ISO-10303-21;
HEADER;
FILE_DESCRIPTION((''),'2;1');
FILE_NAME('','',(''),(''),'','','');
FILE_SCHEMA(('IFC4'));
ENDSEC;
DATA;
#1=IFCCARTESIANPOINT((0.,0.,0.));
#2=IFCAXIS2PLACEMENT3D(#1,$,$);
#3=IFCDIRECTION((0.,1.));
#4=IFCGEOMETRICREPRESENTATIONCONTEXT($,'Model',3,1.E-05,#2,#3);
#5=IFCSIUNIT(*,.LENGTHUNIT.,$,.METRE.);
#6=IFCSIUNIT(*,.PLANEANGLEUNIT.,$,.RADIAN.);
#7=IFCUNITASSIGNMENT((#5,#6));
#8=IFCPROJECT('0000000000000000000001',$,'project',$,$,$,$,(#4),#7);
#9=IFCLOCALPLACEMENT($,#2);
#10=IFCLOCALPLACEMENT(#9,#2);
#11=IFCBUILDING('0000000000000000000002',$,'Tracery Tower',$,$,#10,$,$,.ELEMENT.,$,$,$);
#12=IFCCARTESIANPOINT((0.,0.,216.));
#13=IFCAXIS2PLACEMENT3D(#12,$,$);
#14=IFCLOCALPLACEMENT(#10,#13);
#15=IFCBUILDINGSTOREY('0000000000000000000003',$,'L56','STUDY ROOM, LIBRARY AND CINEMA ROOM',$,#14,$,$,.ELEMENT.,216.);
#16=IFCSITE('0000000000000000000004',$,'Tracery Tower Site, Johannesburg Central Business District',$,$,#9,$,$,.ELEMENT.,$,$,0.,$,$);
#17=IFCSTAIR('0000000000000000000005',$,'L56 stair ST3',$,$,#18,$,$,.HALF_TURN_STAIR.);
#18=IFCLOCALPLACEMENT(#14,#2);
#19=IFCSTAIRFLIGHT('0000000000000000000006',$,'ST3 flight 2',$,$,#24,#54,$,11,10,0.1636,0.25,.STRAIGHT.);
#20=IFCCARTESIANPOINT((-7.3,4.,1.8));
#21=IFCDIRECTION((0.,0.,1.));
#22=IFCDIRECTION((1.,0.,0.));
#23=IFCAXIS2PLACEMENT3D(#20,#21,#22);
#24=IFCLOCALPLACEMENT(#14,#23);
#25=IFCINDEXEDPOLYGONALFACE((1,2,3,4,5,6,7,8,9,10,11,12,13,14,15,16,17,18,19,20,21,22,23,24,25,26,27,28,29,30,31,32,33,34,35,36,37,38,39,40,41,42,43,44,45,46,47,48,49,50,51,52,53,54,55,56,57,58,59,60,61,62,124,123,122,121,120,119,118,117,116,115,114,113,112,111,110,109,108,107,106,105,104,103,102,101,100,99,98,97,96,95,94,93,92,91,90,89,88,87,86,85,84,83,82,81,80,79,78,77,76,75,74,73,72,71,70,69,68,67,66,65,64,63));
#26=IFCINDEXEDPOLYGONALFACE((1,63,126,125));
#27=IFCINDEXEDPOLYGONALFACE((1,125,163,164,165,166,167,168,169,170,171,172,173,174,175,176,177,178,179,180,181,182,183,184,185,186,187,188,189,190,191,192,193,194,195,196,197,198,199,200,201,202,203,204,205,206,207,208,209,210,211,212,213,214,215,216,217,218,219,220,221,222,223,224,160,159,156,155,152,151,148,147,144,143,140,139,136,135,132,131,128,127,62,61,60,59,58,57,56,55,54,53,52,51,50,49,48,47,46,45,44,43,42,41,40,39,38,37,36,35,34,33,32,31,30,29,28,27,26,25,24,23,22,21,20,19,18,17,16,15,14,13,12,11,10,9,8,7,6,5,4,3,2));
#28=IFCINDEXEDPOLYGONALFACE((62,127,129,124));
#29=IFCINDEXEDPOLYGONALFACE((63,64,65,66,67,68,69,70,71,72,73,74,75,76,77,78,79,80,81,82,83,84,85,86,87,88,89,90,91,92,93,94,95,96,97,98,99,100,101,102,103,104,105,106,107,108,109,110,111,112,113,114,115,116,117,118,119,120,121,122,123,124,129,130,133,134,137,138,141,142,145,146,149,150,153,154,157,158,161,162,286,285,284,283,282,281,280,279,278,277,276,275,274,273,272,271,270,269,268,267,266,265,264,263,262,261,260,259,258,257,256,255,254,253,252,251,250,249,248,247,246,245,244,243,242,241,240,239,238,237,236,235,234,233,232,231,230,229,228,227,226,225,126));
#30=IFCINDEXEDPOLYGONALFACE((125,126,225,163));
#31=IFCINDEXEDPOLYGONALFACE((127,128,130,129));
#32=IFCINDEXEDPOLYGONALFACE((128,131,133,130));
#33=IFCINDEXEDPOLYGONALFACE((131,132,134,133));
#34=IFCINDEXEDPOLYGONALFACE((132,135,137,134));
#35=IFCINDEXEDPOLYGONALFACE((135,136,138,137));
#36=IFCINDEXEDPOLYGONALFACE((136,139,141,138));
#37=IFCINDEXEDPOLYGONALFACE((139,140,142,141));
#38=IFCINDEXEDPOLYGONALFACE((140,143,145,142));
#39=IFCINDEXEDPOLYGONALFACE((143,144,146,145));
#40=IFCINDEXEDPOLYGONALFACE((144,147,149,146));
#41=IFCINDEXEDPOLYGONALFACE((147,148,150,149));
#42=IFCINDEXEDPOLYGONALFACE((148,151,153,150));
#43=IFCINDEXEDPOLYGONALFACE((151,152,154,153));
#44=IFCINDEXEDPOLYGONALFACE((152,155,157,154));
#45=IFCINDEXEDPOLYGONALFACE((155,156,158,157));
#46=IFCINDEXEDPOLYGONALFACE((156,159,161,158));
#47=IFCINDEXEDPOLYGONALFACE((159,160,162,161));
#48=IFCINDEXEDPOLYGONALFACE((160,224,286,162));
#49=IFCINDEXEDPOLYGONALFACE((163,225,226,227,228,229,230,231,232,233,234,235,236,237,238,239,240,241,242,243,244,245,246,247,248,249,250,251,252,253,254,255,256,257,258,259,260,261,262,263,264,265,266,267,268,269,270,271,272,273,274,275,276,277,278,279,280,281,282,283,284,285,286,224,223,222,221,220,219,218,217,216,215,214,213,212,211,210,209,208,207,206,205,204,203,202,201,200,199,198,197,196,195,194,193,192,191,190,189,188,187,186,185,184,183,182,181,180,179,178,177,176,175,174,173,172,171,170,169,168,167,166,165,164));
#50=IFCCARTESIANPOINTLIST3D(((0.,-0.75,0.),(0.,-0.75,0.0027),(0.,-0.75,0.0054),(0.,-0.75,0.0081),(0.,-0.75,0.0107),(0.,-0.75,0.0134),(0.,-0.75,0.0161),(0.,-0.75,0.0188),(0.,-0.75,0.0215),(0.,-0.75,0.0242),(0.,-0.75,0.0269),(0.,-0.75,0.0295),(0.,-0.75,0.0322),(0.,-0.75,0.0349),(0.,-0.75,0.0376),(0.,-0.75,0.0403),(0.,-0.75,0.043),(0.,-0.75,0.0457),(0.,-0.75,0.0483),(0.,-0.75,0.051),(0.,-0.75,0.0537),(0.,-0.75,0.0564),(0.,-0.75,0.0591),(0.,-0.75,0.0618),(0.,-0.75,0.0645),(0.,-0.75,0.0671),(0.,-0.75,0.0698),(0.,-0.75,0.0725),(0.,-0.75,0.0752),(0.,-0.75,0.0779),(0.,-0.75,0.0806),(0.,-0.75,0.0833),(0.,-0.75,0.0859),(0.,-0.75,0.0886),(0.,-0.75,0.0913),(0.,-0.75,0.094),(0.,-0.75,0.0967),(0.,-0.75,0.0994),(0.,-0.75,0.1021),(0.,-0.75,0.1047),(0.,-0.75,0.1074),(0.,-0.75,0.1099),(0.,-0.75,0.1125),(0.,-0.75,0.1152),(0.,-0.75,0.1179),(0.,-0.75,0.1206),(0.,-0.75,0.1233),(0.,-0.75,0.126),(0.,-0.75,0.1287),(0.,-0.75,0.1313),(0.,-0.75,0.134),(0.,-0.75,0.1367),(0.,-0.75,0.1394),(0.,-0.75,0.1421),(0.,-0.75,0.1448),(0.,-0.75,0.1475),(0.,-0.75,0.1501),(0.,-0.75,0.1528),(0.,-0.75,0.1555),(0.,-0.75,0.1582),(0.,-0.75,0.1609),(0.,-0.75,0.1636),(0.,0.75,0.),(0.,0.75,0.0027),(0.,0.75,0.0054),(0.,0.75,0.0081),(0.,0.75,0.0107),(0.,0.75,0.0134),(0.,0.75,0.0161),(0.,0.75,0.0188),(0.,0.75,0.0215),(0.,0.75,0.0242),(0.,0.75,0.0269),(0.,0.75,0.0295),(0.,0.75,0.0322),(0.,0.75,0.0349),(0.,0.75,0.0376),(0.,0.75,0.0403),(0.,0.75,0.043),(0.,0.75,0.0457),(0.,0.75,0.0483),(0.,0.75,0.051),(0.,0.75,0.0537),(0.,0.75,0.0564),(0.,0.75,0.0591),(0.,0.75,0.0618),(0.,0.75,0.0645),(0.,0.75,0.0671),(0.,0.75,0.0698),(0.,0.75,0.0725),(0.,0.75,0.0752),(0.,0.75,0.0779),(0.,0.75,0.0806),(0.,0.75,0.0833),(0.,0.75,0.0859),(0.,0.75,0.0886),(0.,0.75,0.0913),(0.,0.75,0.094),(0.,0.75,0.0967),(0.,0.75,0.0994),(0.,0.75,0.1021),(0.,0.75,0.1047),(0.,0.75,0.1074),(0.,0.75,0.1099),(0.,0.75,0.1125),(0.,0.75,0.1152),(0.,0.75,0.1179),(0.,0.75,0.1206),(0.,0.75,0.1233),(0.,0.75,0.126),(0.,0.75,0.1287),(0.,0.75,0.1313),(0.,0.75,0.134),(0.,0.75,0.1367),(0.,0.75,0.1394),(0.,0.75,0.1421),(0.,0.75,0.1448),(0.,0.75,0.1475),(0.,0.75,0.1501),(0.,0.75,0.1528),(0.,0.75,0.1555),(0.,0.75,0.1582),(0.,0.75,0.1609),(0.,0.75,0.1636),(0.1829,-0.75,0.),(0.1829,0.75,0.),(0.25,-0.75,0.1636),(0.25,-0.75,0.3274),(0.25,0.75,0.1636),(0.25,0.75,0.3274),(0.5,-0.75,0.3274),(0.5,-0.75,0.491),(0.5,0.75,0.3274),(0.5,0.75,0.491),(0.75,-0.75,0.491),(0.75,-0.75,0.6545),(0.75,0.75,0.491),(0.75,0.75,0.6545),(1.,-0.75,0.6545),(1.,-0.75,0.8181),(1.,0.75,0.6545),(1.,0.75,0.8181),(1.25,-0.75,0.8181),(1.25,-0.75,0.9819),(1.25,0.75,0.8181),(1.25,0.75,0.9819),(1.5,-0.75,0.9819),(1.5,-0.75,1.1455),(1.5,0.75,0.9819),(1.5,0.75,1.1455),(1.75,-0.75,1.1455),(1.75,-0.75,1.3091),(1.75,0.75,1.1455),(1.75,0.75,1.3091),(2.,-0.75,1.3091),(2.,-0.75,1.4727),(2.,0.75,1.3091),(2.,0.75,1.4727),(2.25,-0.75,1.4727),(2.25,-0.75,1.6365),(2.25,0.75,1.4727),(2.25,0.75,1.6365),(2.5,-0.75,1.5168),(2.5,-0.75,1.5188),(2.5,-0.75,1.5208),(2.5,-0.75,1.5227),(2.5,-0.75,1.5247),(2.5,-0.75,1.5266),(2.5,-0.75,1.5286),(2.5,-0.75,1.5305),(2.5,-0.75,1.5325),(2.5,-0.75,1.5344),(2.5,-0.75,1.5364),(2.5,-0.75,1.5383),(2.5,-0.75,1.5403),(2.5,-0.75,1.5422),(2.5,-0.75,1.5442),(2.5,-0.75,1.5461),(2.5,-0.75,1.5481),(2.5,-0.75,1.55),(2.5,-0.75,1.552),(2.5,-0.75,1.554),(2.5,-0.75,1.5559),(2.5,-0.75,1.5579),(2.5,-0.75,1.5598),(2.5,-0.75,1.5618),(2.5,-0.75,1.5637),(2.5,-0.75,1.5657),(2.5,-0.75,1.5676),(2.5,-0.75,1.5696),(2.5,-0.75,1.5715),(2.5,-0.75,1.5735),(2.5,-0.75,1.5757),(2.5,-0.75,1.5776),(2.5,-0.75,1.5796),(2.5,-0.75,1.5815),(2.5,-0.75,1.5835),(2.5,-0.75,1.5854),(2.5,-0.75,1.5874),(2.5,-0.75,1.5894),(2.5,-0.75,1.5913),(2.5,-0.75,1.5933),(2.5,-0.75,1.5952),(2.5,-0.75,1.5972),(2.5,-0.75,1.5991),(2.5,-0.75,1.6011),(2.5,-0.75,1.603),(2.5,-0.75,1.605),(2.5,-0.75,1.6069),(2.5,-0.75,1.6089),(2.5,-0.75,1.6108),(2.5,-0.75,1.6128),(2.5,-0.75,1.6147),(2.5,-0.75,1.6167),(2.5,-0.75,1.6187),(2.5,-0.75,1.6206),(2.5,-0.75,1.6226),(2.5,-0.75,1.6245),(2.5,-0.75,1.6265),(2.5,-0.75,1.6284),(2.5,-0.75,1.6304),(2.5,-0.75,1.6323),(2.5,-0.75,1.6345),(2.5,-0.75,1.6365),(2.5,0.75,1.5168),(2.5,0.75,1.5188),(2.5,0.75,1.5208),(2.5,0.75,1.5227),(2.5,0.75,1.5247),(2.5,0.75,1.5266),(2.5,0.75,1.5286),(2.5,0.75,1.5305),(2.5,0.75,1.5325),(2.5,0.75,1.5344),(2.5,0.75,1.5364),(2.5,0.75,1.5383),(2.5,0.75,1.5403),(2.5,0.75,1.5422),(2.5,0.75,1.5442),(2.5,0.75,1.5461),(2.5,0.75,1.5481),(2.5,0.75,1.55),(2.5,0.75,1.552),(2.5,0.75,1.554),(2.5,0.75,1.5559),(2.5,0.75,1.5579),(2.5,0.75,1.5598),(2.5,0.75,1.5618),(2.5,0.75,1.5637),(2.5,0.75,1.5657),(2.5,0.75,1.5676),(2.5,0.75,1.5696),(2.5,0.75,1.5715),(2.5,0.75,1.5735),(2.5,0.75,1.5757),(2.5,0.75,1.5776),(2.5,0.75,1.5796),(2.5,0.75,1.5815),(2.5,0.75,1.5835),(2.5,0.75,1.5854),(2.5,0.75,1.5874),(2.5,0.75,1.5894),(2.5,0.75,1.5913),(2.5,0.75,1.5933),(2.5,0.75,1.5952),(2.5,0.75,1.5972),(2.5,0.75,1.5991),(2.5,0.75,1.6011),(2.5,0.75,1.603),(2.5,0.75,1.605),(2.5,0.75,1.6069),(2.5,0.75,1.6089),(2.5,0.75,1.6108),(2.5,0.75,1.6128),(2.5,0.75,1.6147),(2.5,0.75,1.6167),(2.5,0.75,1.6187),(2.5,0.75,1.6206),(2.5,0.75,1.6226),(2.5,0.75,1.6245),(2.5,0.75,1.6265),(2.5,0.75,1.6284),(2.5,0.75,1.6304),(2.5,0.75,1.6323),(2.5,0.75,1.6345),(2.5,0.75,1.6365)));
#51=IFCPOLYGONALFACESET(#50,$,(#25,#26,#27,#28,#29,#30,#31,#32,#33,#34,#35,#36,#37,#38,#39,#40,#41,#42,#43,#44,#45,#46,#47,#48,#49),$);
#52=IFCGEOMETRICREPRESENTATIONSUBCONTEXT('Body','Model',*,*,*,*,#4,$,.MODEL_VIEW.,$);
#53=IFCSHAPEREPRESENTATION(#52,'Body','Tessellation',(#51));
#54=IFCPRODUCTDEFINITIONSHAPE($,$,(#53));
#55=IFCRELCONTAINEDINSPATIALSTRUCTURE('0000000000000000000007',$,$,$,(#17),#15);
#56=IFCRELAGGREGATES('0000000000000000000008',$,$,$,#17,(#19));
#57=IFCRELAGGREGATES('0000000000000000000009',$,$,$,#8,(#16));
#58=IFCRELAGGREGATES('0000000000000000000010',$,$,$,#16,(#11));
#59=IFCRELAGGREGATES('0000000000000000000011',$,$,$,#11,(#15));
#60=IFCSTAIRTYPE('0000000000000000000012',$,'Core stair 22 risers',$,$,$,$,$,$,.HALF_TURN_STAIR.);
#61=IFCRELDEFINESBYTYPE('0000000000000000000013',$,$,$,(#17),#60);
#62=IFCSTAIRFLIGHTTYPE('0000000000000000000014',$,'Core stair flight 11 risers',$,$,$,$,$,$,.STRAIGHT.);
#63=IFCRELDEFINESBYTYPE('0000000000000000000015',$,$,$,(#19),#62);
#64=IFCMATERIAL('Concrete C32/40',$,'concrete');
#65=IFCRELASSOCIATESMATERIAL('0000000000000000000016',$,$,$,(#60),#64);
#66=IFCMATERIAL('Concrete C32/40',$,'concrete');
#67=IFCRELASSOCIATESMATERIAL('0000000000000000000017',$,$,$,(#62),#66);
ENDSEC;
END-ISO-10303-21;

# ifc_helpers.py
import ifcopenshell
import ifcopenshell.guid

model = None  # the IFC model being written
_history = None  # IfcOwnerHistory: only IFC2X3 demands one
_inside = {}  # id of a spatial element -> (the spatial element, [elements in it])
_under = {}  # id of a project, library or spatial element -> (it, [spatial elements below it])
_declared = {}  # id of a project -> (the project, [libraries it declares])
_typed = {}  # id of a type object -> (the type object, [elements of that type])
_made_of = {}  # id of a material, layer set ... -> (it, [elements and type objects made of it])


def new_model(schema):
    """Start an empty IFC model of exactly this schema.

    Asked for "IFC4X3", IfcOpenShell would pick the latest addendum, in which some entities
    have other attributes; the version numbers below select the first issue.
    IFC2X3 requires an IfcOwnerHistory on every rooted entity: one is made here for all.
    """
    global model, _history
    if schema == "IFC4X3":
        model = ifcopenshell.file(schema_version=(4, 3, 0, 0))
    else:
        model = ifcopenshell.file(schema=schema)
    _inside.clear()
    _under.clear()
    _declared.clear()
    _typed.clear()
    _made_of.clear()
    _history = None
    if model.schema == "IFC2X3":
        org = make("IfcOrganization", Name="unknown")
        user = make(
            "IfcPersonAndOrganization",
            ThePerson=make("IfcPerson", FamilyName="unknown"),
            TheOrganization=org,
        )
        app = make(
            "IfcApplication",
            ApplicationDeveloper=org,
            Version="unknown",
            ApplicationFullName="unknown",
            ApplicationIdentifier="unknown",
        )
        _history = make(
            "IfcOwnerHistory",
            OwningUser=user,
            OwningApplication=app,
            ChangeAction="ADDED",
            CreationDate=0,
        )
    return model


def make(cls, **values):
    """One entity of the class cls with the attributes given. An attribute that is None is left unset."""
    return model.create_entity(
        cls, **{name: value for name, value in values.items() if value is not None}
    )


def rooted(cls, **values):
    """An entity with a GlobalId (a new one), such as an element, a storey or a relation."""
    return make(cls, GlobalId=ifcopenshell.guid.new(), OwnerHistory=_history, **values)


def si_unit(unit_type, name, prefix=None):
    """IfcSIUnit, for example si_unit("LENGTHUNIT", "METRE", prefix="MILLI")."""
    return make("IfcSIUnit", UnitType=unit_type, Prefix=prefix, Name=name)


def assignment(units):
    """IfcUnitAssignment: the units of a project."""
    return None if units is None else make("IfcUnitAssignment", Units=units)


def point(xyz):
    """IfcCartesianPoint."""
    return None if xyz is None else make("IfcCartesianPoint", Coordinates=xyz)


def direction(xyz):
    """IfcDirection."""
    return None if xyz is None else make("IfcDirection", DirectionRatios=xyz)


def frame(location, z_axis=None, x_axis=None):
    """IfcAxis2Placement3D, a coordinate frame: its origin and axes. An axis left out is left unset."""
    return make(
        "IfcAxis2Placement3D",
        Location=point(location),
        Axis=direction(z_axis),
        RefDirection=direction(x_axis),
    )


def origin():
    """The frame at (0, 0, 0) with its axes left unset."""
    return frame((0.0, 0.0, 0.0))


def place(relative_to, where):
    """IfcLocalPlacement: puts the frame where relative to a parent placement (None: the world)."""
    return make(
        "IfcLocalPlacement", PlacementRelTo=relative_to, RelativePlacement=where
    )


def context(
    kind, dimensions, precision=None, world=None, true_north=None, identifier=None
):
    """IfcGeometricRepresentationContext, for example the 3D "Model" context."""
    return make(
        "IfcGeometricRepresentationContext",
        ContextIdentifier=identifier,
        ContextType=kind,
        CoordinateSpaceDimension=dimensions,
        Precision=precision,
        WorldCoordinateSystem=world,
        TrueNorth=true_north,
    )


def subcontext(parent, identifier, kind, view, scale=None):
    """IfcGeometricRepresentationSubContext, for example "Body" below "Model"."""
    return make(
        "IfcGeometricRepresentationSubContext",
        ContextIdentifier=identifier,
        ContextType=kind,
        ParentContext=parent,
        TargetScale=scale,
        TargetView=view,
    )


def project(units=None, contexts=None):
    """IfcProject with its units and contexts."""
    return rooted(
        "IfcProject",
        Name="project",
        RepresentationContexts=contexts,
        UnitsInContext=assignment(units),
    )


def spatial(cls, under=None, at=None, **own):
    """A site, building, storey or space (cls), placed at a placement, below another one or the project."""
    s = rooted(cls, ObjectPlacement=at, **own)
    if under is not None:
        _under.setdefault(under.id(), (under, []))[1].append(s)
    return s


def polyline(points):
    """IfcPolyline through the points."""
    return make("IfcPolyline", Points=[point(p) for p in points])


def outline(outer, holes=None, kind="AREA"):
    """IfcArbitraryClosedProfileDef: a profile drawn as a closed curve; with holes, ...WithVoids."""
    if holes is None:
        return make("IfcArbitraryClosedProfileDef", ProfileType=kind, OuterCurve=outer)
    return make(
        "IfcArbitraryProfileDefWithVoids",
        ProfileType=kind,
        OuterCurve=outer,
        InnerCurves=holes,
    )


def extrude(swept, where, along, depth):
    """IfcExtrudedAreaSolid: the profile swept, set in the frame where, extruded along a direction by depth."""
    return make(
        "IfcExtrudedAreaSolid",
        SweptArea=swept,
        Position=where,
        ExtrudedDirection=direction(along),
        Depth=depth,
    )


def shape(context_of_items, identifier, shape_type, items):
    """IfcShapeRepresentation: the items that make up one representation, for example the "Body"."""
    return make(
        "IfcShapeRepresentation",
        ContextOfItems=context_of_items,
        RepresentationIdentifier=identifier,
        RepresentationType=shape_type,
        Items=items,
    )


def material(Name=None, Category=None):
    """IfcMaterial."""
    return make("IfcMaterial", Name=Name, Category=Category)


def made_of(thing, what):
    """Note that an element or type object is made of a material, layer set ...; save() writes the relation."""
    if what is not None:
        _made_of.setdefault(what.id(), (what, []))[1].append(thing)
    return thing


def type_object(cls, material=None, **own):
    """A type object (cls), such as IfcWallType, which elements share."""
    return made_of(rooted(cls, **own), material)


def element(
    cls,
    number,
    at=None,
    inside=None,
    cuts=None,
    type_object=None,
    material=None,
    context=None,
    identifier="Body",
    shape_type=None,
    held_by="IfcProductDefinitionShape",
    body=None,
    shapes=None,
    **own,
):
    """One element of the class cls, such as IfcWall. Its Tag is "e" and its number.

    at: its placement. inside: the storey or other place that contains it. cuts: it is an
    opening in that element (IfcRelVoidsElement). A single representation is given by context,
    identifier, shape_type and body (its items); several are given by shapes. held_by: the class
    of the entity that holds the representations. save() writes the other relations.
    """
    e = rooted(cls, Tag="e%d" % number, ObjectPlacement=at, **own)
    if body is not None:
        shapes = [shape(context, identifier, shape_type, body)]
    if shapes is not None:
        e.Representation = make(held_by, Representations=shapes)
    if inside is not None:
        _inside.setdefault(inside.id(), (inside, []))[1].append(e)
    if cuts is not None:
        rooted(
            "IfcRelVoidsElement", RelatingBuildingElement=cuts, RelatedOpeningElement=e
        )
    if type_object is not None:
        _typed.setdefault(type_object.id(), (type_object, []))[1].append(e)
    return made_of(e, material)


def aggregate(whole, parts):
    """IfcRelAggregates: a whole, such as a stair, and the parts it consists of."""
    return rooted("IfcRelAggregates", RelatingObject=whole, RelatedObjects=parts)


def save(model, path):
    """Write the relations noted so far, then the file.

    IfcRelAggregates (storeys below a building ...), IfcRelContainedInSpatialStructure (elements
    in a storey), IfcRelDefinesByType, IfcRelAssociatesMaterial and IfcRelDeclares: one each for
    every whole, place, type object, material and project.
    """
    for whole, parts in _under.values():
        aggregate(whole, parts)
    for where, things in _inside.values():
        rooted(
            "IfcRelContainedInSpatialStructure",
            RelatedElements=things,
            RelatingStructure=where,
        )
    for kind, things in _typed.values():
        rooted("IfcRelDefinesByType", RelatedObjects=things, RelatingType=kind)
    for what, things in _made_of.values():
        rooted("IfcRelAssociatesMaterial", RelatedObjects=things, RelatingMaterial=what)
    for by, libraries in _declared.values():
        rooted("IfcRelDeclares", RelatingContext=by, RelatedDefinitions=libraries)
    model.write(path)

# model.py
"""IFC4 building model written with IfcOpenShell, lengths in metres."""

from ifc_helpers import new_model, si_unit, direction, frame, origin, place, context, subcontext, project, spatial, polyline, outline, extrude, material, type_object, element, aggregate, save


model = new_model("IFC4")

# Units and contexts
model_context = context("Model", 3, precision=1e-05, world=origin(), true_north=direction((0.0, 1.0)))
body_context = subcontext(model_context, "Body", "Model", "MODEL_VIEW")
ifc_project = project(units=[si_unit("LENGTHUNIT", "METRE"), si_unit("PLANEANGLEUNIT", "RADIAN")], contexts=[model_context])

# Site, building, storey
site_placement = place(None, origin())
site = spatial("IfcSite", under=ifc_project, at=site_placement, Name="Tracery Tower Site, Johannesburg Central Business District", CompositionType="ELEMENT", RefElevation=0.0)
building_placement = place(site_placement, origin())
building = spatial("IfcBuilding", under=site, at=building_placement, Name="Tracery Tower", CompositionType="ELEMENT")
storey_placement = place(building_placement, frame((0.0, 0.0, 216.0)))
storey = spatial("IfcBuildingStorey", under=building, at=storey_placement, Name="L56", Description="STUDY ROOM, LIBRARY AND CINEMA ROOM", CompositionType="ELEMENT", Elevation=216.0)

# Stair
ifc_material_1 = material(Name="Concrete C32/40", Category="concrete")
stair_type = type_object("IfcStairType", Name="Core stair 22 risers", PredefinedType="HALF_TURN_STAIR", material=ifc_material_1)
stair_1_placement = place(storey_placement, origin())
stair_1 = element("IfcStair", 1, at=stair_1_placement, inside=storey, type_object=stair_type, Name="L56 stair ST3", PredefinedType="HALF_TURN_STAIR")

# Stair flight
ifc_material_2 = material(Name="Concrete C32/40", Category="concrete")
stair_flight_type = type_object("IfcStairFlightType", Name="Core stair flight 11 risers", PredefinedType="STRAIGHT", material=ifc_material_2)
stair_flight_1_placement = place(storey_placement, frame((-7.3, 4.0, 1.8), z_axis=(0.0, 0.0, 1.0), x_axis=(1.0, 0.0, 0.0)))
stair_flight_1 = element("IfcStairFlight", 2, at=stair_flight_1_placement, type_object=stair_flight_type, Name="ST3 flight 2", NumberOfRisers=11, NumberOfTreads=10, PredefinedType="STRAIGHT", RiserHeight=0.1636, TreadLength=0.25, context=body_context, shape_type="SweptSolid", body=[
    extrude(outline(polyline([(0.0, 0.0), (0.0, 0.0027), (0.0, 0.0054), (0.0, 0.0081), (0.0, 0.0107), (0.0, 0.0134), (0.0, 0.0161), (0.0, 0.0188), (0.0, 0.0215), (0.0, 0.0242), (0.0, 0.0269), (0.0, 0.0295), (0.0, 0.0322), (0.0, 0.0349), (0.0, 0.0376), (0.0, 0.0403), (0.0, 0.043), (0.0, 0.0457), (0.0, 0.0483), (0.0, 0.051), (0.0, 0.0537), (0.0, 0.0564), (0.0, 0.0591), (0.0, 0.0618), (0.0, 0.0645), (0.0, 0.0671), (0.0, 0.0698), (0.0, 0.0725), (0.0, 0.0752), (0.0, 0.0779), (0.0, 0.0806), (0.0, 0.0833), (0.0, 0.0859), (0.0, 0.0886), (0.0, 0.0913), (0.0, 0.094), (0.0, 0.0967), (0.0, 0.0994), (0.0, 0.1021), (0.0, 0.1047), (0.0, 0.1074), (0.0, 0.1099), (0.0, 0.1125), (0.0, 0.1152), (0.0, 0.1179), (0.0, 0.1206), (0.0, 0.1233), (0.0, 0.126), (0.0, 0.1287), (0.0, 0.1313), (0.0, 0.134), (0.0, 0.1367), (0.0, 0.1394), (0.0, 0.1421), (0.0, 0.1448), (0.0, 0.1475), (0.0, 0.1501), (0.0, 0.1528), (0.0, 0.1555), (0.0, 0.1582), (0.0, 0.1609), (0.0, 0.1636), (0.25, 0.1636), (0.25, 0.3274), (0.5, 0.3274), (0.5, 0.491), (0.75, 0.491), (0.75, 0.6545), (1.0, 0.6545), (1.0, 0.8181), (1.25, 0.8181), (1.25, 0.9819), (1.5, 0.9819), (1.5, 1.1455), (1.75, 1.1455), (1.75, 1.3091), (2.0, 1.3091), (2.0, 1.4727), (2.25, 1.4727), (2.25, 1.6365), (2.5, 1.6365), (2.5, 1.6345), (2.5, 1.6323), (2.5, 1.6304), (2.5, 1.6284), (2.5, 1.6265), (2.5, 1.6245), (2.5, 1.6226), (2.5, 1.6206), (2.5, 1.6187), (2.5, 1.6167), (2.5, 1.6147), (2.5, 1.6128), (2.5, 1.6108), (2.5, 1.6089), (2.5, 1.6069), (2.5, 1.605), (2.5, 1.603), (2.5, 1.6011), (2.5, 1.5991), (2.5, 1.5972), (2.5, 1.5952), (2.5, 1.5933), (2.5, 1.5913), (2.5, 1.5894), (2.5, 1.5874), (2.5, 1.5854), (2.5, 1.5835), (2.5, 1.5815), (2.5, 1.5796), (2.5, 1.5776), (2.5, 1.5757), (2.5, 1.5735), (2.5, 1.5715), (2.5, 1.5696), (2.5, 1.5676), (2.5, 1.5657), (2.5, 1.5637), (2.5, 1.5618), (2.5, 1.5598), (2.5, 1.5579), (2.5, 1.5559), (2.5, 1.554), (2.5, 1.552), (2.5, 1.55), (2.5, 1.5481), (2.5, 1.5461), (2.5, 1.5442), (2.5, 1.5422), (2.5, 1.5403), (2.5, 1.5383), (2.5, 1.5364), (2.5, 1.5344), (2.5, 1.5325), (2.5, 1.5305), (2.5, 1.5286), (2.5, 1.5266), (2.5, 1.5247), (2.5, 1.5227), (2.5, 1.5208), (2.5, 1.5188), (2.5, 1.5168), (0.1829, 0.0), (0.0, 0.0)])), frame((0.0, 0.75, 0.0), z_axis=(0.0, -1.0, 0.0), x_axis=(1.0, 0.0, 0.0)), (0.0, 0.0, 1.0), 1.5),
])
aggregate(stair_1, [stair_flight_1])

save(model, "model.ifc")
